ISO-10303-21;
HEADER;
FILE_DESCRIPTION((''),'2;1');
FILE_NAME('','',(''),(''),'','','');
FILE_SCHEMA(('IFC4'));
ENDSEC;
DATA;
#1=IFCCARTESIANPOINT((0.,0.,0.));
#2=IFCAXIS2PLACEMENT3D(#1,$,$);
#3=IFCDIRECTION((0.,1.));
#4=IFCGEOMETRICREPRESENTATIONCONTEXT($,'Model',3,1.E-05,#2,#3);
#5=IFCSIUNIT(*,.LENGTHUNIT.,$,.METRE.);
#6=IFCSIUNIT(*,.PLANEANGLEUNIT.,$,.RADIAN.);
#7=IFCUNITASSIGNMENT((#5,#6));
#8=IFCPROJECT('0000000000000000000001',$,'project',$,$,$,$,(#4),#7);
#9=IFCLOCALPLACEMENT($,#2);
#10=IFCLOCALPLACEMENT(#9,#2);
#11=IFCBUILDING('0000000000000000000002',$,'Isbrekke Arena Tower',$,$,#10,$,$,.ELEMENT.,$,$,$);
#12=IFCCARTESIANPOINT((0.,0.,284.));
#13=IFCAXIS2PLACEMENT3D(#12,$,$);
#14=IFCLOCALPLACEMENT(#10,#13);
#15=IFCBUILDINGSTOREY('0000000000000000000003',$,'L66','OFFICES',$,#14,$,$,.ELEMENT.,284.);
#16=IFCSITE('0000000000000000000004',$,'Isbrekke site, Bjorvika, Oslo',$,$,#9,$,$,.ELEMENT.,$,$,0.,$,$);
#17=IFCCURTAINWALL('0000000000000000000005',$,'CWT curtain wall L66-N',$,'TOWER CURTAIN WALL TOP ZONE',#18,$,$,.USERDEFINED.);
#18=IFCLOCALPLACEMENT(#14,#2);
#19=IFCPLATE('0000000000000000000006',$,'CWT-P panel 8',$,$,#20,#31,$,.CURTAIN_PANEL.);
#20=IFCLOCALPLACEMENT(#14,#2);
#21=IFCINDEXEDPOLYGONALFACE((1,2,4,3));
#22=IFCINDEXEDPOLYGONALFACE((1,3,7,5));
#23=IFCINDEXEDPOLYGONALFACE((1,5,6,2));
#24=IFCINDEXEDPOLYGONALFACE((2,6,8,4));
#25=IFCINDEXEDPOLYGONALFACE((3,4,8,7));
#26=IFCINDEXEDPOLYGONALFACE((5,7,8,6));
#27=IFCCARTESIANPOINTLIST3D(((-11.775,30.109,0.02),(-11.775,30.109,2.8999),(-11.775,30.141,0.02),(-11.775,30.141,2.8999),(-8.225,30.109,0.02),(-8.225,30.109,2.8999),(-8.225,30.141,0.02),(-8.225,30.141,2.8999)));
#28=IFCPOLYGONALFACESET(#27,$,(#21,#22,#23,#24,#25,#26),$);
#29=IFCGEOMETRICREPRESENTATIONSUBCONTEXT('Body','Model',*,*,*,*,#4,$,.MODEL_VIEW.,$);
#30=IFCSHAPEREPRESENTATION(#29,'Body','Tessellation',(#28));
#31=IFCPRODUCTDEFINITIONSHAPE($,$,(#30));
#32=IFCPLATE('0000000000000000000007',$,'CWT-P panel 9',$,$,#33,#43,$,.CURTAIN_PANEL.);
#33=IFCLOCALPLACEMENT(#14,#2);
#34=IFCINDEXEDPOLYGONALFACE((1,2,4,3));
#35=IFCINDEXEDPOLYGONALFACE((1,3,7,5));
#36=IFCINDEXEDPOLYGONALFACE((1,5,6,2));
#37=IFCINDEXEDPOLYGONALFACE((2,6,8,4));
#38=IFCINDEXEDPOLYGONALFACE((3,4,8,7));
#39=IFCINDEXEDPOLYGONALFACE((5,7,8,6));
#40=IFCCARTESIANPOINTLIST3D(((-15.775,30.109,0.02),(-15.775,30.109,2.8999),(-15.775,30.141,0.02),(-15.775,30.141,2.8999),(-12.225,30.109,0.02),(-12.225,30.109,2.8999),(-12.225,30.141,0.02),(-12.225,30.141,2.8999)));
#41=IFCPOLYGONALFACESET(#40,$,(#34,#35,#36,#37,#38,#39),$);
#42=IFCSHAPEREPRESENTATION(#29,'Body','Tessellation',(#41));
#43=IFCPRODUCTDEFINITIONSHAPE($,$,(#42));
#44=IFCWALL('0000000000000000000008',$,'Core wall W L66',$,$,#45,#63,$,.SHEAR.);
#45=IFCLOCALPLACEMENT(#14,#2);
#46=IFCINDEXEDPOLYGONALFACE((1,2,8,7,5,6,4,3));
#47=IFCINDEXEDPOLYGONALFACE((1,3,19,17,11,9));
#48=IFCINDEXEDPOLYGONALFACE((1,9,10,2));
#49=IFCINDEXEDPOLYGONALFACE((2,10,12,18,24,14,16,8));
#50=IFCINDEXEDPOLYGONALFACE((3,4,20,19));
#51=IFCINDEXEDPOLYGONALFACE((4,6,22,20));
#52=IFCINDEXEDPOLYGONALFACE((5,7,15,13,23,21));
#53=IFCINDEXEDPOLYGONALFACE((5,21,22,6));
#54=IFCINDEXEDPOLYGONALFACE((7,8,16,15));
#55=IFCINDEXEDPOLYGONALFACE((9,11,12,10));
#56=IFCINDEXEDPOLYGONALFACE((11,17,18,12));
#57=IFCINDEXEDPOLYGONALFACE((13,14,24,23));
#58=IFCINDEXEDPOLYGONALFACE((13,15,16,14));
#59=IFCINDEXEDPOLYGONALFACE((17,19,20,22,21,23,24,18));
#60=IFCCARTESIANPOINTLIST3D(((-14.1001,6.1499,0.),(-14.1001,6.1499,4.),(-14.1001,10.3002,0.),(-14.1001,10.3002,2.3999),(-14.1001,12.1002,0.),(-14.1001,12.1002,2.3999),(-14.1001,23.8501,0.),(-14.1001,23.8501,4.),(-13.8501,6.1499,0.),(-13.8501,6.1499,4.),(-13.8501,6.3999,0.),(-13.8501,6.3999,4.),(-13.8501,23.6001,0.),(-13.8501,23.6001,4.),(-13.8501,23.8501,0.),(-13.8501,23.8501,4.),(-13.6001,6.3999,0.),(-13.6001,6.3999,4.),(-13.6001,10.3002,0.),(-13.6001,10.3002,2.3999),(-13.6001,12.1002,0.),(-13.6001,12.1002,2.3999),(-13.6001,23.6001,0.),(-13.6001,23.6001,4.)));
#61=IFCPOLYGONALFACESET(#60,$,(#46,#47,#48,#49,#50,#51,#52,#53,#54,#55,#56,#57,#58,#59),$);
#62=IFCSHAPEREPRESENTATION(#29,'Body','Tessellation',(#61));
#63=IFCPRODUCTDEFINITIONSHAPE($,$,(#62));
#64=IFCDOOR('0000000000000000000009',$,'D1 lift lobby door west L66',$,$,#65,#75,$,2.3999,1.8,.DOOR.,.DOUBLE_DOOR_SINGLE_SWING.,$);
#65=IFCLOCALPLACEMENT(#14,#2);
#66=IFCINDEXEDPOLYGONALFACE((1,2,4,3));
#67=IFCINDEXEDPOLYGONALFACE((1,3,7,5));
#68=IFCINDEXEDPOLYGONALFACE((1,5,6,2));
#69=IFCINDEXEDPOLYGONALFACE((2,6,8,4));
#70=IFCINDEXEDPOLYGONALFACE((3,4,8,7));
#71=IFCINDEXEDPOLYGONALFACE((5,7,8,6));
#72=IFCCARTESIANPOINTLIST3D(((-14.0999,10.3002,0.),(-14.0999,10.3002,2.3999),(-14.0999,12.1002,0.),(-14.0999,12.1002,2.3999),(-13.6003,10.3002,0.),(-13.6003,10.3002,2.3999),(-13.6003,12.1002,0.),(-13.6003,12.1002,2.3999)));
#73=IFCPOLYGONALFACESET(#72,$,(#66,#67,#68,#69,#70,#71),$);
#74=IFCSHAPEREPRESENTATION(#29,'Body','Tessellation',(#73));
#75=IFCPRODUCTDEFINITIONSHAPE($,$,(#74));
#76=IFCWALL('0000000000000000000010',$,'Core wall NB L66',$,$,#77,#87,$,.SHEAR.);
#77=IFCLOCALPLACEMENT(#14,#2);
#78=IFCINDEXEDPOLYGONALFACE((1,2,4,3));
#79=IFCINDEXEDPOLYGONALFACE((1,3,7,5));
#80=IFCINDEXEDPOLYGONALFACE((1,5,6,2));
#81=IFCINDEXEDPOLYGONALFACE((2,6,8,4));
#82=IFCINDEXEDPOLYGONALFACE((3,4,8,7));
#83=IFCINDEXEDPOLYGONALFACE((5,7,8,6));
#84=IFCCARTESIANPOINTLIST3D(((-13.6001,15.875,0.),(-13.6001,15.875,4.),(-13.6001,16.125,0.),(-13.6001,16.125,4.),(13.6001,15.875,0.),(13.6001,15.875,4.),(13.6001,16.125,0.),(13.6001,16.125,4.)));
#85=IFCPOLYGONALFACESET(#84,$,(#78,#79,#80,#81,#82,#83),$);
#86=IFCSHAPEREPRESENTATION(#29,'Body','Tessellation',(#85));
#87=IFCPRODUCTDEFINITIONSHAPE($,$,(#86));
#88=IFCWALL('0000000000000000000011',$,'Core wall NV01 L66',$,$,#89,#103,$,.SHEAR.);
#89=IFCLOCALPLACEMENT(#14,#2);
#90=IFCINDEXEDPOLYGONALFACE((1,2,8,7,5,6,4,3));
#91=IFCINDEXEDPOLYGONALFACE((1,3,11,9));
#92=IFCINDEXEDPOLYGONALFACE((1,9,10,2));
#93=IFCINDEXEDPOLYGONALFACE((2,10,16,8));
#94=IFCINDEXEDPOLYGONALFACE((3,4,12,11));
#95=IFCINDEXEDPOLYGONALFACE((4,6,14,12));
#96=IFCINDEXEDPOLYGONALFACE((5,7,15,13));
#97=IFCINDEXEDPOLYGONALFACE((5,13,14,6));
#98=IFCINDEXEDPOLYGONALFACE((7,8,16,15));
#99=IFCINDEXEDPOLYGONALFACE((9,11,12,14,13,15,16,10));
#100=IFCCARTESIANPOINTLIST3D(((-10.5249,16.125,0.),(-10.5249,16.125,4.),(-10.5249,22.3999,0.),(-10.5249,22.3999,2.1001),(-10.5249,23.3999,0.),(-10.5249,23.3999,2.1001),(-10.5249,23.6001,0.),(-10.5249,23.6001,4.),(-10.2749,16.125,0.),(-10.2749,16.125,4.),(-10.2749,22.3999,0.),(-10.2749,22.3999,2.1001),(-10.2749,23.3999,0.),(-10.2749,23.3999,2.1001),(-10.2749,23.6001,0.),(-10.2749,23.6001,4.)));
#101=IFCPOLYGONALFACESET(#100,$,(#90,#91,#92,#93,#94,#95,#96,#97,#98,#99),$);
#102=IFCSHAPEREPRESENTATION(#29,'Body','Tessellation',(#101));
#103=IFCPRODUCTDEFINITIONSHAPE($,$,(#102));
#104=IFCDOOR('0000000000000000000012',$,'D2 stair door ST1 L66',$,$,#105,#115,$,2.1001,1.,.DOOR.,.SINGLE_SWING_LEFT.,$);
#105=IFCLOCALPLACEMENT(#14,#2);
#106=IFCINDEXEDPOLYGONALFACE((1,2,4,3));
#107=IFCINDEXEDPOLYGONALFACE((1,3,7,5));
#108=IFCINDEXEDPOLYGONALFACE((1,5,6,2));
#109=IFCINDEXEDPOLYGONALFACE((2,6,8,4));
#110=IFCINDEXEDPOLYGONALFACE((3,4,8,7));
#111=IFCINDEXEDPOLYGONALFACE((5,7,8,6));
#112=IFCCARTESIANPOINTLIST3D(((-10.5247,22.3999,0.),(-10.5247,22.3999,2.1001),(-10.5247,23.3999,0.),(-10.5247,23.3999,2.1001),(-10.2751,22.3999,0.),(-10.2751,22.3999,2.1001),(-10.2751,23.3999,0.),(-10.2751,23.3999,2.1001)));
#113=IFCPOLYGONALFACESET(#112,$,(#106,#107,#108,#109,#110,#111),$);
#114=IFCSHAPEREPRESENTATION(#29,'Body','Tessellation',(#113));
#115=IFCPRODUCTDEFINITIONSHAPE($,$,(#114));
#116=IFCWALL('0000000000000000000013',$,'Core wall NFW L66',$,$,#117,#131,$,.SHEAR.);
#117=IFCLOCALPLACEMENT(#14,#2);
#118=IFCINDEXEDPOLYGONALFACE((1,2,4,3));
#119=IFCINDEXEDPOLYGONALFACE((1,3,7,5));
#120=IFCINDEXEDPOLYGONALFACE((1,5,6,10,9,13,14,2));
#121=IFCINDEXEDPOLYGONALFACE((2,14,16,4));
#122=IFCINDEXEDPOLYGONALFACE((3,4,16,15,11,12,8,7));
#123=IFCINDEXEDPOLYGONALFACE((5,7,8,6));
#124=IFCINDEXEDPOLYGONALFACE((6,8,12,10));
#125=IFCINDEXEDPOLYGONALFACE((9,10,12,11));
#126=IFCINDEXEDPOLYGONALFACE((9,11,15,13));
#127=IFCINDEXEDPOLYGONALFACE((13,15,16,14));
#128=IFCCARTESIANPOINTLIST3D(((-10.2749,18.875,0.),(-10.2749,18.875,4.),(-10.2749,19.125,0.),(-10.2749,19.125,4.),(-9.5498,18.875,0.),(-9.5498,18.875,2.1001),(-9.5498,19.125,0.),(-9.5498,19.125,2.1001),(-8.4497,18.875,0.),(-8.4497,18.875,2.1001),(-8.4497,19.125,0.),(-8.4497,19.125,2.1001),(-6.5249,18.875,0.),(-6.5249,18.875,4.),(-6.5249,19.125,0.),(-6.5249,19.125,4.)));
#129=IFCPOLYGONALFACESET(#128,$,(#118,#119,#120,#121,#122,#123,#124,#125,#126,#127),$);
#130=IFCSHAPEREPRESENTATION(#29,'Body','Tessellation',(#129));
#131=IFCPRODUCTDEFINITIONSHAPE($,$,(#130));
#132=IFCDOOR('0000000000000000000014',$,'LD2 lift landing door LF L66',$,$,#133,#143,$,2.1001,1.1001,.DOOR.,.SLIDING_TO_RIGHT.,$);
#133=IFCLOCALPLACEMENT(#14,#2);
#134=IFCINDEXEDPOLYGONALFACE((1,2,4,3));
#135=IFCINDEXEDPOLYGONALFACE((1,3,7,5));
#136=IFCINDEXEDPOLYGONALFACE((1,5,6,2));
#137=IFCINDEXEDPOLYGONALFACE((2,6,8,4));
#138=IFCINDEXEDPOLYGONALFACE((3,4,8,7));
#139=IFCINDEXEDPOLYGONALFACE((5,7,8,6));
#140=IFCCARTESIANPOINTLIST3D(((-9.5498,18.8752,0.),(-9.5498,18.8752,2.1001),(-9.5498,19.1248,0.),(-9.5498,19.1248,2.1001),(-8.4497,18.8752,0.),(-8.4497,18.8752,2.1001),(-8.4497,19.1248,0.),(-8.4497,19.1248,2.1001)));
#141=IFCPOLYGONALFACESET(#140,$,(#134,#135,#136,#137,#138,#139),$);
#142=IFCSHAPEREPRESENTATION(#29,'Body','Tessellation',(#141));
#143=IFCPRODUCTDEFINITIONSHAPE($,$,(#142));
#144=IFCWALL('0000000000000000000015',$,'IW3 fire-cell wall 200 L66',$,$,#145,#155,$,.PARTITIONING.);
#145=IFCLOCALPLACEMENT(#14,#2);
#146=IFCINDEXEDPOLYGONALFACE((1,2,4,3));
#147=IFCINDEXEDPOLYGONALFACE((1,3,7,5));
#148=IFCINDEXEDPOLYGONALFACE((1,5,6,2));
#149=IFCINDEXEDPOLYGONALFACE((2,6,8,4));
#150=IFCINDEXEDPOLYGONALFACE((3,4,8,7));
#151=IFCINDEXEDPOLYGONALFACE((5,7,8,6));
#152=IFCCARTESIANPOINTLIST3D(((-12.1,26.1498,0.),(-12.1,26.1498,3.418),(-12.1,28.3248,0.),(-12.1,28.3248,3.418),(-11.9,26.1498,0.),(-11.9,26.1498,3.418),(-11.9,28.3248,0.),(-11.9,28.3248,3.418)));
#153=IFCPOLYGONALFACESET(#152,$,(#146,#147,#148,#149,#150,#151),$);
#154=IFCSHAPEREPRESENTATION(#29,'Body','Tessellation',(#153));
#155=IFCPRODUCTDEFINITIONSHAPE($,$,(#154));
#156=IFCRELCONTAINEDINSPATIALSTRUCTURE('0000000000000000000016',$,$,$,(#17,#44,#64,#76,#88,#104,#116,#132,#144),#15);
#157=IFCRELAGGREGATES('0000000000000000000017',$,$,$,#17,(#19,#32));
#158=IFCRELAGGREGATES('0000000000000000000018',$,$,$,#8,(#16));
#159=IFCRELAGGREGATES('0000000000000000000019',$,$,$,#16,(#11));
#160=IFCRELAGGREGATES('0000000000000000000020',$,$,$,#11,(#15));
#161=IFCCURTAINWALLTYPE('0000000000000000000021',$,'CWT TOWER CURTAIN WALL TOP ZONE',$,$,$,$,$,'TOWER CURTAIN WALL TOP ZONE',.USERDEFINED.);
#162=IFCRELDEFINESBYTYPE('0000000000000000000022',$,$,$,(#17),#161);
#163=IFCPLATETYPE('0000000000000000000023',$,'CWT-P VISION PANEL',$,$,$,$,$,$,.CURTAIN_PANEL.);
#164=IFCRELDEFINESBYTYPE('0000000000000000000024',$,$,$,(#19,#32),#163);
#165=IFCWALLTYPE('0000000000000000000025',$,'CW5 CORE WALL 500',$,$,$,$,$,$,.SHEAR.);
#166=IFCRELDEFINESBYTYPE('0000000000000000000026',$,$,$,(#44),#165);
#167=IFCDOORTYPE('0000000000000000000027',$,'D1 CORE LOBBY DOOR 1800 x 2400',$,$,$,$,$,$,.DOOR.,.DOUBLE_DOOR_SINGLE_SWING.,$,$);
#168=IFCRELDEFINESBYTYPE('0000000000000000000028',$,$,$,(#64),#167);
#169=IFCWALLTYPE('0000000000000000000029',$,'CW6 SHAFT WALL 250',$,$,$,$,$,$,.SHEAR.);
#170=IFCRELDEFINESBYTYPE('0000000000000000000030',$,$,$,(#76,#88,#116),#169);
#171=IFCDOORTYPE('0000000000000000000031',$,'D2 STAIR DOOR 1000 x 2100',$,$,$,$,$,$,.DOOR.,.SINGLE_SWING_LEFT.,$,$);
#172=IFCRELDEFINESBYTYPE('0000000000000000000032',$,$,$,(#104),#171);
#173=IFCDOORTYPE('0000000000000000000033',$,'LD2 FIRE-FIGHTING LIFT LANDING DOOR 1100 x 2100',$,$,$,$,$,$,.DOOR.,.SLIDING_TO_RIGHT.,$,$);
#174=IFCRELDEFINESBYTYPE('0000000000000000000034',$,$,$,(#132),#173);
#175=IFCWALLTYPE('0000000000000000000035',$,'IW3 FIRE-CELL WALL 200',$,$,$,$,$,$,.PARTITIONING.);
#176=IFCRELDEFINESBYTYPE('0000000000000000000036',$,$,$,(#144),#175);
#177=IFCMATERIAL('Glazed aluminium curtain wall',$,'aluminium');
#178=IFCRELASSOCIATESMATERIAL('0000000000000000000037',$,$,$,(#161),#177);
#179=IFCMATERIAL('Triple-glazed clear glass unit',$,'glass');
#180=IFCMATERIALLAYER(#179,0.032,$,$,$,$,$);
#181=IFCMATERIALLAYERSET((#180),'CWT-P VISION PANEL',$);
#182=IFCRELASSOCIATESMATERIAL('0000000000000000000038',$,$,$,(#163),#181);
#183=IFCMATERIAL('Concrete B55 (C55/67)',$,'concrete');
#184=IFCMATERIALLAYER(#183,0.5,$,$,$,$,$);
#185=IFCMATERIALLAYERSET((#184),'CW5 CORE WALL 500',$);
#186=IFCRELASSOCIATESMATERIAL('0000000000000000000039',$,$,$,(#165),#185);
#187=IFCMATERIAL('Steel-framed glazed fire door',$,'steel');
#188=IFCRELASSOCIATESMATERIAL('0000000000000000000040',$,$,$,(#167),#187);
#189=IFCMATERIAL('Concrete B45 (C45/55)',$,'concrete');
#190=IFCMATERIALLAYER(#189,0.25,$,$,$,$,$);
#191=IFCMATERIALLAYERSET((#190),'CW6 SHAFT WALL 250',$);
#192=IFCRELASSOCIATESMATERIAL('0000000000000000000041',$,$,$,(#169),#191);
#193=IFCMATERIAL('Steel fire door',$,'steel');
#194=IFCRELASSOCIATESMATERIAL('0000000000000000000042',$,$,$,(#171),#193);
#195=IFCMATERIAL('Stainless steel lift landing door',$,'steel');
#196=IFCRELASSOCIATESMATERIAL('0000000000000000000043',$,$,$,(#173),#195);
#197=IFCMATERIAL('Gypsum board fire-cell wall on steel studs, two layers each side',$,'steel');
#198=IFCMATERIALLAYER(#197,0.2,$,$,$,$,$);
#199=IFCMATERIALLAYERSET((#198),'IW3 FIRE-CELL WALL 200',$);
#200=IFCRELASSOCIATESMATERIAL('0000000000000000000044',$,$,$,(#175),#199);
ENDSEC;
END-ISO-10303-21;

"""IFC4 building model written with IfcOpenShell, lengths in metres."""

from ifc_helpers import new_model, si_unit, direction, frame, frame_2d, origin, origin_2d, place, context, subcontext, project, spatial, polyline, rectangle, outline, extrude, material, layer, layer_set, type_object, element, fill, aggregate, save


model = new_model("IFC4")

# Units and contexts
model_context = context("Model", 3, precision=1e-05, world=origin(), true_north=direction((0.0, 1.0)))
body_context = subcontext(model_context, "Body", "Model", "MODEL_VIEW")
ifc_project = project(units=[si_unit("LENGTHUNIT", "METRE"), si_unit("PLANEANGLEUNIT", "RADIAN")], contexts=[model_context])

# Site, building, storey
site_placement = place(None, origin())
site = spatial("IfcSite", under=ifc_project, at=site_placement, Name="Isbrekke site, Bjorvika, Oslo", CompositionType="ELEMENT", RefElevation=0.0)
building_placement = place(site_placement, origin())
building = spatial("IfcBuilding", under=site, at=building_placement, Name="Isbrekke Arena Tower", CompositionType="ELEMENT")
storey_placement = place(building_placement, frame((0.0, 0.0, 284.0)))
storey = spatial("IfcBuildingStorey", under=building, at=storey_placement, Name="L66", Description="OFFICES", CompositionType="ELEMENT", Elevation=284.0)

# Curtain wall
ifc_material_1 = material(Name="Glazed aluminium curtain wall", Category="aluminium")
curtain_wall_type = type_object("IfcCurtainWallType", Name="CWT TOWER CURTAIN WALL TOP ZONE", ElementType="TOWER CURTAIN WALL TOP ZONE", PredefinedType="USERDEFINED", material=ifc_material_1)
curtain_wall_placement = place(storey_placement, origin())
curtain_wall = element("IfcCurtainWall", 1, at=curtain_wall_placement, inside=storey, type_object=curtain_wall_type, Name="CWT curtain wall L66-N", ObjectType="TOWER CURTAIN WALL TOP ZONE", PredefinedType="USERDEFINED")

# Plates
ifc_material_2 = material(Name="Triple-glazed clear glass unit", Category="glass")
ifc_layer_1 = layer(ifc_material_2, 0.032)
ifc_layer_set_1 = layer_set([ifc_layer_1], Name="CWT-P VISION PANEL")
plate_type = type_object("IfcPlateType", Name="CWT-P VISION PANEL", PredefinedType="CURTAIN_PANEL", material=ifc_layer_set_1)
plate_1_placement = place(storey_placement, frame((-10.0, 30.125, 0.02), z_axis=(0.0, 0.0, 1.0), x_axis=(-1.0, 0.0, 0.0)))
plate_1 = element("IfcPlate", 2, at=plate_1_placement, type_object=plate_type, Name="CWT-P panel 8", PredefinedType="CURTAIN_PANEL", context=body_context, shape_type="SweptSolid", body=[
    extrude(rectangle(XDim=3.55, YDim=0.032, at=origin_2d()), origin(), (0.0, 0.0, 1.0), 2.8799),
])
plate_2_placement = place(storey_placement, frame((-14.0, 30.125, 0.02), z_axis=(0.0, 0.0, 1.0), x_axis=(-1.0, 0.0, 0.0)))
plate_2 = element("IfcPlate", 3, at=plate_2_placement, type_object=plate_type, Name="CWT-P panel 9", PredefinedType="CURTAIN_PANEL", context=body_context, shape_type="SweptSolid", body=[
    extrude(rectangle(XDim=3.55, YDim=0.032, at=origin_2d()), origin(), (0.0, 0.0, 1.0), 2.8799),
])
aggregate(curtain_wall, [plate_1, plate_2])

# Wall, opening, door
ifc_material_3 = material(Name="Concrete B55 (C55/67)", Category="concrete")
ifc_layer_2 = layer(ifc_material_3, 0.5)
ifc_layer_set_2 = layer_set([ifc_layer_2], Name="CW5 CORE WALL 500")
wall_type_1 = type_object("IfcWallType", Name="CW5 CORE WALL 500", PredefinedType="SHEAR", material=ifc_layer_set_2)
wall_1_placement = place(storey_placement, frame((-13.8501, 23.8501, 0.0), z_axis=(0.0, 0.0, 1.0), x_axis=(0.0, -1.0, 0.0)))
wall_1 = element("IfcWall", 4, at=wall_1_placement, inside=storey, type_object=wall_type_1, Name="Core wall W L66", PredefinedType="SHEAR", context=body_context, shape_type="SweptSolid", body=[
    extrude(outline(polyline([(0.0, -0.25), (17.7002, -0.25), (17.7002, 0.0), (17.4502, 0.0), (17.4502, 0.25), (0.25, 0.25), (0.25, 0.0), (0.0, 0.0), (0.0, -0.25)])), origin(), (0.0, 0.0, 1.0), 4.0),
])
opening_1_placement = place(wall_1_placement, frame((11.75, 0.0, 0.0)))
opening_1 = element("IfcOpeningElement", 5, at=opening_1_placement, cuts=wall_1, PredefinedType="OPENING", context=body_context, shape_type="SweptSolid", body=[
    extrude(rectangle(XDim=1.8, YDim=2.3999, at=frame_2d((0.8999, 1.2))), frame((0.0, 0.2649, 0.0), z_axis=(0.0, -1.0, 0.0), x_axis=(1.0, 0.0, 0.0)), (0.0, 0.0, 1.0), 0.5298),
])
ifc_material_4 = material(Name="Steel-framed glazed fire door", Category="steel")
door_type_1 = type_object("IfcDoorType", Name="D1 CORE LOBBY DOOR 1800 x 2400", OperationType="DOUBLE_DOOR_SINGLE_SWING", PredefinedType="DOOR", material=ifc_material_4)
door_1_placement = place(opening_1_placement, origin())
door_1 = element("IfcDoor", 6, at=door_1_placement, inside=storey, type_object=door_type_1, Name="D1 lift lobby door west L66", OperationType="DOUBLE_DOOR_SINGLE_SWING", OverallHeight=2.3999, OverallWidth=1.8, PredefinedType="DOOR", context=body_context, shape_type="SweptSolid", body=[
    extrude(rectangle(XDim=1.8, YDim=2.3999, at=frame_2d((0.8999, 1.2))), frame((0.0, 0.2498, 0.0), z_axis=(0.0, -1.0, 0.0), x_axis=(1.0, 0.0, 0.0)), (0.0, 0.0, 1.0), 0.4995),
])
fill(opening_1, door_1)

# Wall
ifc_material_5 = material(Name="Concrete B45 (C45/55)", Category="concrete")
ifc_layer_3 = layer(ifc_material_5, 0.25)
ifc_layer_set_3 = layer_set([ifc_layer_3], Name="CW6 SHAFT WALL 250")
wall_type_2 = type_object("IfcWallType", Name="CW6 SHAFT WALL 250", PredefinedType="SHEAR", material=ifc_layer_set_3)
wall_2_placement = place(storey_placement, frame((-13.6001, 16.0, 0.0), z_axis=(0.0, 0.0, 1.0), x_axis=(1.0, 0.0, 0.0)))
element("IfcWall", 7, at=wall_2_placement, inside=storey, type_object=wall_type_2, Name="Core wall NB L66", PredefinedType="SHEAR", context=body_context, shape_type="SweptSolid", body=[
    extrude(rectangle(XDim=27.2002, YDim=0.25, at=frame_2d((13.6001, 0.0))), origin(), (0.0, 0.0, 1.0), 4.0),
])

# Walls, openings, doors
wall_3_placement = place(storey_placement, frame((-10.3999, 16.125, 0.0), z_axis=(0.0, 0.0, 1.0), x_axis=(0.0, 1.0, 0.0)))
wall_3 = element("IfcWall", 8, at=wall_3_placement, inside=storey, type_object=wall_type_2, Name="Core wall NV01 L66", PredefinedType="SHEAR", context=body_context, shape_type="SweptSolid", body=[
    extrude(rectangle(XDim=7.4751, YDim=0.25, at=frame_2d((3.7375, 0.0))), origin(), (0.0, 0.0, 1.0), 4.0),
])
opening_2_placement = place(wall_3_placement, frame((6.2749, 0.0, 0.0)))
opening_2 = element("IfcOpeningElement", 9, at=opening_2_placement, cuts=wall_3, PredefinedType="OPENING", context=body_context, shape_type="SweptSolid", body=[
    extrude(rectangle(XDim=1.0, YDim=2.1001, at=frame_2d((0.5, 1.05))), frame((0.0, 0.1399, 0.0), z_axis=(0.0, -1.0, 0.0), x_axis=(1.0, 0.0, 0.0)), (0.0, 0.0, 1.0), 0.2798),
])
ifc_material_6 = material(Name="Steel fire door", Category="steel")
door_type_2 = type_object("IfcDoorType", Name="D2 STAIR DOOR 1000 x 2100", OperationType="SINGLE_SWING_LEFT", PredefinedType="DOOR", material=ifc_material_6)
door_2_placement = place(opening_2_placement, origin())
door_2 = element("IfcDoor", 10, at=door_2_placement, inside=storey, type_object=door_type_2, Name="D2 stair door ST1 L66", OperationType="SINGLE_SWING_LEFT", OverallHeight=2.1001, OverallWidth=1.0, PredefinedType="DOOR", context=body_context, shape_type="SweptSolid", body=[
    extrude(rectangle(XDim=1.0, YDim=2.1001, at=frame_2d((0.5, 1.05))), frame((0.0, 0.1248, 0.0), z_axis=(0.0, -1.0, 0.0), x_axis=(1.0, 0.0, 0.0)), (0.0, 0.0, 1.0), 0.2495),
])
fill(opening_2, door_2)
wall_4_placement = place(storey_placement, frame((-10.2749, 19.0, 0.0), z_axis=(0.0, 0.0, 1.0), x_axis=(1.0, 0.0, 0.0)))
wall_4 = element("IfcWall", 11, at=wall_4_placement, inside=storey, type_object=wall_type_2, Name="Core wall NFW L66", PredefinedType="SHEAR", context=body_context, shape_type="SweptSolid", body=[
    extrude(rectangle(XDim=3.75, YDim=0.25, at=frame_2d((1.875, 0.0))), origin(), (0.0, 0.0, 1.0), 4.0),
])
opening_3_placement = place(wall_4_placement, frame((0.7251, 0.0, 0.0)))
opening_3 = element("IfcOpeningElement", 12, at=opening_3_placement, cuts=wall_4, PredefinedType="OPENING", context=body_context, shape_type="SweptSolid", body=[
    extrude(rectangle(XDim=1.1001, YDim=2.1001, at=frame_2d((0.55, 1.05))), frame((0.0, 0.1399, 0.0), z_axis=(0.0, -1.0, 0.0), x_axis=(1.0, 0.0, 0.0)), (0.0, 0.0, 1.0), 0.2798),
])
ifc_material_7 = material(Name="Stainless steel lift landing door", Category="steel")
door_type_3 = type_object("IfcDoorType", Name="LD2 FIRE-FIGHTING LIFT LANDING DOOR 1100 x 2100", OperationType="SLIDING_TO_RIGHT", PredefinedType="DOOR", material=ifc_material_7)
door_3_placement = place(opening_3_placement, origin())
door_3 = element("IfcDoor", 13, at=door_3_placement, inside=storey, type_object=door_type_3, Name="LD2 lift landing door LF L66", OperationType="SLIDING_TO_RIGHT", OverallHeight=2.1001, OverallWidth=1.1001, PredefinedType="DOOR", context=body_context, shape_type="SweptSolid", body=[
    extrude(rectangle(XDim=1.1001, YDim=2.1001, at=frame_2d((0.55, 1.05))), frame((0.0, 0.1248, 0.0), z_axis=(0.0, -1.0, 0.0), x_axis=(1.0, 0.0, 0.0)), (0.0, 0.0, 1.0), 0.2495),
])
fill(opening_3, door_3)

# Wall
ifc_material_8 = material(Name="Gypsum board fire-cell wall on steel studs, two layers each side", Category="steel")
ifc_layer_4 = layer(ifc_material_8, 0.2)
ifc_layer_set_4 = layer_set([ifc_layer_4], Name="IW3 FIRE-CELL WALL 200")
wall_type_3 = type_object("IfcWallType", Name="IW3 FIRE-CELL WALL 200", PredefinedType="PARTITIONING", material=ifc_layer_set_4)
wall_5_placement = place(storey_placement, frame((-12.0, 26.1499, 0.0), z_axis=(0.0, 0.0, 1.0), x_axis=(0.0, 1.0, 0.0)))
element("IfcWall", 14, at=wall_5_placement, inside=storey, type_object=wall_type_3, Name="IW3 fire-cell wall 200 L66", PredefinedType="PARTITIONING", context=body_context, shape_type="SweptSolid", body=[
    extrude(rectangle(XDim=2.175, YDim=0.2, at=frame_2d((1.0874, 0.0))), origin(), (0.0, 0.0, 1.0), 3.418),
])

save(model, "model.ifc")
